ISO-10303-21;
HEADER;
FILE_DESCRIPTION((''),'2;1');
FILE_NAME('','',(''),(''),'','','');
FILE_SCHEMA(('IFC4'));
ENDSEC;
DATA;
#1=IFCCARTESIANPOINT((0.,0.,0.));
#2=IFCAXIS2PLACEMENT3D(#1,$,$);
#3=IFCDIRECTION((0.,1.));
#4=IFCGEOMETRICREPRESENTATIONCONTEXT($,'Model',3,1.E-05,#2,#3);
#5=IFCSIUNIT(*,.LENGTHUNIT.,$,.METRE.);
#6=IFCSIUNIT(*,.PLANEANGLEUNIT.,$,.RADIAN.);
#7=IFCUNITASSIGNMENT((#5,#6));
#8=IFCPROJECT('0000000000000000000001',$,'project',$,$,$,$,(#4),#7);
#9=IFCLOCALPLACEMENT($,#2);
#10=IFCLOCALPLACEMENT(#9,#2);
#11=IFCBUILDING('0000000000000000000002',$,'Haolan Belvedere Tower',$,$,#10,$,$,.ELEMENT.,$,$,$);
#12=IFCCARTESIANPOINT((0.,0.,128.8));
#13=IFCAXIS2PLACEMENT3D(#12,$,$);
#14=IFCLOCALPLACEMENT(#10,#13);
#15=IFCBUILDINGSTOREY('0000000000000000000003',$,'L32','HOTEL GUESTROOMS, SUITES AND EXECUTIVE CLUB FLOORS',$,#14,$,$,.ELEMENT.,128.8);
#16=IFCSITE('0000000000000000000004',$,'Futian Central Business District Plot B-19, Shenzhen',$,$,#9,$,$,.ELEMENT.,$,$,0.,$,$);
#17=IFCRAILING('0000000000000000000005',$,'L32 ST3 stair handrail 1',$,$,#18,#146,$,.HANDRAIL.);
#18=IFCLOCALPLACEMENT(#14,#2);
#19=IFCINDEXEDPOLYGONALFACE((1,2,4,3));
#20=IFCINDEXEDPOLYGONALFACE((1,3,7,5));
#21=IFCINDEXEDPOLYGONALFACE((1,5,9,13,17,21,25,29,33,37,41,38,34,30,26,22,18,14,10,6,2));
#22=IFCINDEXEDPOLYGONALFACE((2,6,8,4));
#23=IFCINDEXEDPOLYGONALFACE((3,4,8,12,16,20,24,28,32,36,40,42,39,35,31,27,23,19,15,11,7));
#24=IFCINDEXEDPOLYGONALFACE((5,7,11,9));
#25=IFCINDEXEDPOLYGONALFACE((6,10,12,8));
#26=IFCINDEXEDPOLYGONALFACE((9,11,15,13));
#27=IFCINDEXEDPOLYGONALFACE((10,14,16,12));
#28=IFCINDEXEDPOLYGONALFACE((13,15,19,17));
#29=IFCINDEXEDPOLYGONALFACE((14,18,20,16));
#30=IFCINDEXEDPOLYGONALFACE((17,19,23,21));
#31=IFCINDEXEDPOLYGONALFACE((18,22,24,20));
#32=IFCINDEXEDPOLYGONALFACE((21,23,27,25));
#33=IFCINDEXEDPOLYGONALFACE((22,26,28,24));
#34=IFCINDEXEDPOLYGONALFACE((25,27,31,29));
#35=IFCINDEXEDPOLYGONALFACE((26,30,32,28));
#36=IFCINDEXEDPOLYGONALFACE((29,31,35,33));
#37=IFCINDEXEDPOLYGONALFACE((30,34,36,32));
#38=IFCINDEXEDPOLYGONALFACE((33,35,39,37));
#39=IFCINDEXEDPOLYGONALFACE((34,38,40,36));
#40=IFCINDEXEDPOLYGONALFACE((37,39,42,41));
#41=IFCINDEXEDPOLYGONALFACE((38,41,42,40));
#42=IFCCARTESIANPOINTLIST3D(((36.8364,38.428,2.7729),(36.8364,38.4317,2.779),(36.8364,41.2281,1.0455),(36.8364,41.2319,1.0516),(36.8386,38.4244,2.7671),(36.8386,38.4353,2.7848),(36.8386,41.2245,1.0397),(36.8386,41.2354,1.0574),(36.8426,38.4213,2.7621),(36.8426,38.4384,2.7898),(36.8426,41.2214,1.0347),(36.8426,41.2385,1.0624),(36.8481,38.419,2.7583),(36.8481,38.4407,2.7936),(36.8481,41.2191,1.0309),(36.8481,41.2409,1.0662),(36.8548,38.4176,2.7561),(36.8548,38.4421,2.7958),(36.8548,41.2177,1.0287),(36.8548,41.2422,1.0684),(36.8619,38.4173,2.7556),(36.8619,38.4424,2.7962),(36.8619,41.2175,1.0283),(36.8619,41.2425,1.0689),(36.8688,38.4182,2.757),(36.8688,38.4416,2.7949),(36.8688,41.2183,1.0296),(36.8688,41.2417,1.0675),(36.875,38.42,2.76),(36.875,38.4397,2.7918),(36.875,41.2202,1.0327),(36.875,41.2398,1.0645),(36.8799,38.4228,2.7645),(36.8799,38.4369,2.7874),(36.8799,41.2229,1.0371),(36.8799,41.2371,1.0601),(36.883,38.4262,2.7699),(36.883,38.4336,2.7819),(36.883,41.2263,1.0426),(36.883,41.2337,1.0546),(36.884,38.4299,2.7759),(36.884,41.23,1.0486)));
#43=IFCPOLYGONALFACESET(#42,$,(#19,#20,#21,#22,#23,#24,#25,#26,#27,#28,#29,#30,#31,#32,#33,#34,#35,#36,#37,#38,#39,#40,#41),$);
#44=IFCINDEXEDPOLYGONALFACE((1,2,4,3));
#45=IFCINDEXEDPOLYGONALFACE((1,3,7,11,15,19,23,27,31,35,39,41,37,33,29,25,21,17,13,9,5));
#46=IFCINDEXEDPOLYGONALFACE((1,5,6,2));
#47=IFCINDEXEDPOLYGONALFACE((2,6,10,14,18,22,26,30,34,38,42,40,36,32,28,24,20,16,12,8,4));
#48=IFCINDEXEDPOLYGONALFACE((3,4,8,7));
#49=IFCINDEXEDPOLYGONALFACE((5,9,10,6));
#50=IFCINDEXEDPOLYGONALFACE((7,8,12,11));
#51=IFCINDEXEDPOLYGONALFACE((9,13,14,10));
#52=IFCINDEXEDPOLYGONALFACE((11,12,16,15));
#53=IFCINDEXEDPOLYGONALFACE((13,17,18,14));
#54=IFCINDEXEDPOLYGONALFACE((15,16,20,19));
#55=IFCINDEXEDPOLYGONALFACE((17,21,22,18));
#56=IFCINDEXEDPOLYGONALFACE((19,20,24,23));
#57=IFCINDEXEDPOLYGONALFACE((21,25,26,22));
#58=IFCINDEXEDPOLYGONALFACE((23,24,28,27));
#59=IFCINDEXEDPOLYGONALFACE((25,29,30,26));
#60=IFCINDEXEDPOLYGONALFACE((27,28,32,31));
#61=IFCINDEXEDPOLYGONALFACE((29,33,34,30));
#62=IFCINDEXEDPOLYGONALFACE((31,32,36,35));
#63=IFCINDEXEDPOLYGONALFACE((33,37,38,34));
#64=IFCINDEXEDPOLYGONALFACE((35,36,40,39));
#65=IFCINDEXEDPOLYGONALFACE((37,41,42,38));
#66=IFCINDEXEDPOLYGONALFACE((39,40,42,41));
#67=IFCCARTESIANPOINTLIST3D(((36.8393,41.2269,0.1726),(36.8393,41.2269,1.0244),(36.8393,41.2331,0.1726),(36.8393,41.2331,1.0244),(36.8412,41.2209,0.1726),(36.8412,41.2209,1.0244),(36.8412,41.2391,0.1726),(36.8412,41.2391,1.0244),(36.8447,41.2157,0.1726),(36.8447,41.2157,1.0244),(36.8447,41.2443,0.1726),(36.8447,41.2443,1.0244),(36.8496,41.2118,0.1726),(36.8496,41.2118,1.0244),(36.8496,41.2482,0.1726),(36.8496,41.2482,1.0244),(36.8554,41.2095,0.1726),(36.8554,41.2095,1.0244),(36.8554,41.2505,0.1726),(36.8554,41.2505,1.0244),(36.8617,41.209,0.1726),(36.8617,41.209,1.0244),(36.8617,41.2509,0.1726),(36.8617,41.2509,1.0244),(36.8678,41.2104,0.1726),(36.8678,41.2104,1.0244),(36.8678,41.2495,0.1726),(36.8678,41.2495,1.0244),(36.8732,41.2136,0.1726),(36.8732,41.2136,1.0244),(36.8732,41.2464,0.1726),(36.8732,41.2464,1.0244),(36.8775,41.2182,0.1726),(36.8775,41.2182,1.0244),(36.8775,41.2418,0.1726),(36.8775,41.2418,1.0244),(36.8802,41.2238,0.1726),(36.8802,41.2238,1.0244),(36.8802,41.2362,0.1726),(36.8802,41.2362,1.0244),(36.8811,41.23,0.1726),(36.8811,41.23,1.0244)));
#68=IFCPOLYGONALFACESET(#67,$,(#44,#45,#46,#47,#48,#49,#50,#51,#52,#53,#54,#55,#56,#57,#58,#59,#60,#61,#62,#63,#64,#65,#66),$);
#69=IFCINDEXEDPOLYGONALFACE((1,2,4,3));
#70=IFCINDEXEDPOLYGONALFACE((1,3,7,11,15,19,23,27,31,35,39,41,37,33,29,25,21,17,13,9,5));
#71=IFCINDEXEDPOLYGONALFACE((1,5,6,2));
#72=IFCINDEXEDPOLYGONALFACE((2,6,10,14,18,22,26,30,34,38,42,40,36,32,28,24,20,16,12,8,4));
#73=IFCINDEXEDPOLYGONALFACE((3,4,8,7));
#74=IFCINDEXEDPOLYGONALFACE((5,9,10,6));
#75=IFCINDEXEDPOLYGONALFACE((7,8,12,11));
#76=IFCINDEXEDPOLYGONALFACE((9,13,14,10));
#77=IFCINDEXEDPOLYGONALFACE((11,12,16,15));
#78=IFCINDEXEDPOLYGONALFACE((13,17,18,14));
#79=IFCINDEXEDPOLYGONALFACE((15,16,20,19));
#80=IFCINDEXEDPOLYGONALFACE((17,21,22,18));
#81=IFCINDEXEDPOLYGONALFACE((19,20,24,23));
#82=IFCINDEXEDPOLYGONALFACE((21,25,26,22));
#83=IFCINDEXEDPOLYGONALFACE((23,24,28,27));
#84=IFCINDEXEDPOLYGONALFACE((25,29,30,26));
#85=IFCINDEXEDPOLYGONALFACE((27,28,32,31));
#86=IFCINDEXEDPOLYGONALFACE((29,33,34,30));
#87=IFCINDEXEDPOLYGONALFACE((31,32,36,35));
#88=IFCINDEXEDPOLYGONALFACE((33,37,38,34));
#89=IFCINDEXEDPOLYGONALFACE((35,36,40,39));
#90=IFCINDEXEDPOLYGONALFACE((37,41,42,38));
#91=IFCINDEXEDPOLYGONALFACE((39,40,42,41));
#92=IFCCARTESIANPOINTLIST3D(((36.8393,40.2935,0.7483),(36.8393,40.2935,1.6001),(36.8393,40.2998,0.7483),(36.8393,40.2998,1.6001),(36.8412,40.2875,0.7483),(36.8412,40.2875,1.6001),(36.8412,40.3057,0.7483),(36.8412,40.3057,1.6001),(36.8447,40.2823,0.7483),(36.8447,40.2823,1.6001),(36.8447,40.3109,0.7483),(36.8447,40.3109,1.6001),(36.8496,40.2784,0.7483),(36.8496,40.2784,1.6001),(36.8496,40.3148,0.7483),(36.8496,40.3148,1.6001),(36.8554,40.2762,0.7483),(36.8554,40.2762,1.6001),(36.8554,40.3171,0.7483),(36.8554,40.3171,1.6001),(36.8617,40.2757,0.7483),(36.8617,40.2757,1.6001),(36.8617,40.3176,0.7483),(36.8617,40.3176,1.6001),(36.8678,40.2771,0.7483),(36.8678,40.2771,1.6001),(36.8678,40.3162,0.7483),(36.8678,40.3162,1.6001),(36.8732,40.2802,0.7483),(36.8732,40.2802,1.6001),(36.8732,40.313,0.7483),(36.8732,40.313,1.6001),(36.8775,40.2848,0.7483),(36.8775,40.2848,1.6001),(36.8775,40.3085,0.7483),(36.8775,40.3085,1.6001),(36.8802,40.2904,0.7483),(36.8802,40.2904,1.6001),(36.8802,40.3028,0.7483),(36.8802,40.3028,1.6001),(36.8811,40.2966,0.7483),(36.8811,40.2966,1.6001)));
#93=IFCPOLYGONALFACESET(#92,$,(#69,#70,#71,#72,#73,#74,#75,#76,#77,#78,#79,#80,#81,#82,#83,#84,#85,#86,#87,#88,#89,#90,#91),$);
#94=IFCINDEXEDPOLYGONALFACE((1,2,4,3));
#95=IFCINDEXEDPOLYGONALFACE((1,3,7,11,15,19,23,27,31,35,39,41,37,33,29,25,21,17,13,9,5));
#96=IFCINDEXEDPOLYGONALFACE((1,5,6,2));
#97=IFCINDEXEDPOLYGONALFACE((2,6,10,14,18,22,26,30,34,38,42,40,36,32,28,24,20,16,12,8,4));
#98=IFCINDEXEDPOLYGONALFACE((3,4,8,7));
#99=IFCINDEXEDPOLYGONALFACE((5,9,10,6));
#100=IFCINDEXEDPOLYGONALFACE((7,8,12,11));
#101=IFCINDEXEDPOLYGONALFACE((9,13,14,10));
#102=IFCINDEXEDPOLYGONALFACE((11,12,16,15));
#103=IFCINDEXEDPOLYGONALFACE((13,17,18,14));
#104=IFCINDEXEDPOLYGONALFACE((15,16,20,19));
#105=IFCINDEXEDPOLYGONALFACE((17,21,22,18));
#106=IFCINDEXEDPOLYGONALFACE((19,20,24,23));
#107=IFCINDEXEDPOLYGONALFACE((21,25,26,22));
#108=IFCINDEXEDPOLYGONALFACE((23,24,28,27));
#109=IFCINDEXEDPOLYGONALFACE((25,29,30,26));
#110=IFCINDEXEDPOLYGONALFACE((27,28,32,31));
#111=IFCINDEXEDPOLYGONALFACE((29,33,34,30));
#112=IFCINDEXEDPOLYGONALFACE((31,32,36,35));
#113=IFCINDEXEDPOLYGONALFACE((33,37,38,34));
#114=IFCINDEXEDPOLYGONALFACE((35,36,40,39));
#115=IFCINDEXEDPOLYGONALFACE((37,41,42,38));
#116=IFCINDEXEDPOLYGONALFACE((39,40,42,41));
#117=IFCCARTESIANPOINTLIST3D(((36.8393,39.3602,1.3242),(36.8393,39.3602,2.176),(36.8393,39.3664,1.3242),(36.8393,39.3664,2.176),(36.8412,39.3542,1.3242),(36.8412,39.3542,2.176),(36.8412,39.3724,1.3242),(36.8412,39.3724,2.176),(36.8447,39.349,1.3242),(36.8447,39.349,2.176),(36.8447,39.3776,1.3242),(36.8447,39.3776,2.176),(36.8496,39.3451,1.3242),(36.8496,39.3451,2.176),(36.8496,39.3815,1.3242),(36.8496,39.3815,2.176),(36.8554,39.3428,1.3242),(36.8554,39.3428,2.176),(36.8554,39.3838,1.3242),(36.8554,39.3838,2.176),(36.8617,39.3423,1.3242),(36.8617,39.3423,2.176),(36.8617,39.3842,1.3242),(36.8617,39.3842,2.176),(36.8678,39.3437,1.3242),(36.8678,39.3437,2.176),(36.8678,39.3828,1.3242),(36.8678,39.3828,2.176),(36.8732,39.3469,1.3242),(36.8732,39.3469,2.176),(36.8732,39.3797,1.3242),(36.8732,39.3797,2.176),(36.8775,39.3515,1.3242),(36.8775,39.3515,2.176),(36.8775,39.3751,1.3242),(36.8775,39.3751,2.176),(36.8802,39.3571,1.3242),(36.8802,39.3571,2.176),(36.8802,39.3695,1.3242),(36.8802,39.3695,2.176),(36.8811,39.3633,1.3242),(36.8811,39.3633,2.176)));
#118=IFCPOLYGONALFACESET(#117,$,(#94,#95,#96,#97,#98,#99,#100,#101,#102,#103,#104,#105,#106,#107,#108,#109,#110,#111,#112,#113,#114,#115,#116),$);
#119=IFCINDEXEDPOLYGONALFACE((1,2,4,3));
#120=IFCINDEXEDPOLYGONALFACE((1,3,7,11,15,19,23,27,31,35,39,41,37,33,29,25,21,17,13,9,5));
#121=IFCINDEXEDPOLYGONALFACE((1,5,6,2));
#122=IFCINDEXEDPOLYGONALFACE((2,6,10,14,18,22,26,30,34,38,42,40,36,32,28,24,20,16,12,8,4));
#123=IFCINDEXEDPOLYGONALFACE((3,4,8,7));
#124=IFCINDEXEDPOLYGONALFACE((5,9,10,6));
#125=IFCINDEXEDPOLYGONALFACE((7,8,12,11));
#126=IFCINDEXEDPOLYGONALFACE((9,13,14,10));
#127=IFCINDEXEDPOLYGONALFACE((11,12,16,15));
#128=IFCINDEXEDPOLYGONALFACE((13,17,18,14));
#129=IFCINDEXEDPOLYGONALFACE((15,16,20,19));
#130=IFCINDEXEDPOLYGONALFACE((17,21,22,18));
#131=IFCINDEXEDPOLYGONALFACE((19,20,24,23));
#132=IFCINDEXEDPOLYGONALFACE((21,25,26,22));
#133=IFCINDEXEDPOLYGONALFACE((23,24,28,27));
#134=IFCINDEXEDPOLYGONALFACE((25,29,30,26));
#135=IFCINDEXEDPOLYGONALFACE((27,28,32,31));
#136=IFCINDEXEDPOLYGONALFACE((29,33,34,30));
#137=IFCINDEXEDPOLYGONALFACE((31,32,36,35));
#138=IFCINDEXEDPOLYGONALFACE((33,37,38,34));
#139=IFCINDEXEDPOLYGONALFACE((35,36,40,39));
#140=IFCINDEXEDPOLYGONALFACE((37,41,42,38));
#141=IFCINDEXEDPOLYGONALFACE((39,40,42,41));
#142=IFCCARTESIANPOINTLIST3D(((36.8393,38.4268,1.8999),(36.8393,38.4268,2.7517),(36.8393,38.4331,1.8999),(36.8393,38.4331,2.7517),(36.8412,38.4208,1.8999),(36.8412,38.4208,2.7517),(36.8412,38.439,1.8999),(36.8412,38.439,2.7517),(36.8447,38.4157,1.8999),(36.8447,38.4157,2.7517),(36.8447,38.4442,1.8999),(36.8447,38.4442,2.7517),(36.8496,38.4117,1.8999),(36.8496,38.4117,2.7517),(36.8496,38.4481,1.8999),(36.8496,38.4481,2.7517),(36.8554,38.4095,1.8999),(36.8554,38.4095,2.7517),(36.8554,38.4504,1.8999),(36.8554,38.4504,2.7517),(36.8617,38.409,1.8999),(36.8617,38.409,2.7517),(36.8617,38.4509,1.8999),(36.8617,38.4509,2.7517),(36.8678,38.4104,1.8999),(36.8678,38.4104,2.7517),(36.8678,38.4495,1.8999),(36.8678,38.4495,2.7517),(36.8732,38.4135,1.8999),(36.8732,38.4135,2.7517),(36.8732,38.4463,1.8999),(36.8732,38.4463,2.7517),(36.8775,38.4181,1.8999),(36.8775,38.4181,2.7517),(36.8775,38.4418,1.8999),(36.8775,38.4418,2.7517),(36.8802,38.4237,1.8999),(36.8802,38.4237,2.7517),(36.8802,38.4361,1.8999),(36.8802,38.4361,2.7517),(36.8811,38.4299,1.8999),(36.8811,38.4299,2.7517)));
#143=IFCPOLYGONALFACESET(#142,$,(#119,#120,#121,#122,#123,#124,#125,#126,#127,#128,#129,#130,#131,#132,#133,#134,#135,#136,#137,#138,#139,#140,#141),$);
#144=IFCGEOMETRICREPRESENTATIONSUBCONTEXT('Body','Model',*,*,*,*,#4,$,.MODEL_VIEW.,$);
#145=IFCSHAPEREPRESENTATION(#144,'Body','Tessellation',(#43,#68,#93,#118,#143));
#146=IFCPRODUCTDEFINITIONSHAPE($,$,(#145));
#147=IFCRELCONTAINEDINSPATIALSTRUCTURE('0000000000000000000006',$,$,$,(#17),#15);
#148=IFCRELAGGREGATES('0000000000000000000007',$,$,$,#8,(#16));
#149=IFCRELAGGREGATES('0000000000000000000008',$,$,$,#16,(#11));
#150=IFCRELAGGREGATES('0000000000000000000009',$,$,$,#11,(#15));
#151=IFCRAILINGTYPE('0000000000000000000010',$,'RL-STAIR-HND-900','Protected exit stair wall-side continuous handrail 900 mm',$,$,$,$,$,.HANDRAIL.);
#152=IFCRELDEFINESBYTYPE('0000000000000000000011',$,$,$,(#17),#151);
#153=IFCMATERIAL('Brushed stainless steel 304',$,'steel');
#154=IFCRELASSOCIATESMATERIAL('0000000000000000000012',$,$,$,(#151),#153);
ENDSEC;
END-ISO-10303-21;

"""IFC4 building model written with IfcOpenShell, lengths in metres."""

from ifc_helpers import new_model, si_unit, direction, frame, origin, origin_2d, place, context, subcontext, project, spatial, circle, extrude, material, type_object, element, save


model = new_model("IFC4")

# Units and contexts
model_context = context("Model", 3, precision=1e-05, world=origin(), true_north=direction((0.0, 1.0)))
body_context = subcontext(model_context, "Body", "Model", "MODEL_VIEW")
ifc_project = project(units=[si_unit("LENGTHUNIT", "METRE"), si_unit("PLANEANGLEUNIT", "RADIAN")], contexts=[model_context])

# Site, building, storey
site_placement = place(None, origin())
site = spatial("IfcSite", under=ifc_project, at=site_placement, Name="Futian Central Business District Plot B-19, Shenzhen", CompositionType="ELEMENT", RefElevation=0.0)
building_placement = place(site_placement, origin())
building = spatial("IfcBuilding", under=site, at=building_placement, Name="Haolan Belvedere Tower", CompositionType="ELEMENT")
storey_placement = place(building_placement, frame((0.0, 0.0, 128.8)))
storey = spatial("IfcBuildingStorey", under=building, at=storey_placement, Name="L32", Description="HOTEL GUESTROOMS, SUITES AND EXECUTIVE CLUB FLOORS", CompositionType="ELEMENT", Elevation=128.8)

# Railing
ifc_material_1 = material(Name="Brushed stainless steel 304", Category="steel")
railing_type_1 = type_object("IfcRailingType", Name="RL-STAIR-HND-900", Description="Protected exit stair wall-side continuous handrail 900 mm", PredefinedType="HANDRAIL", material=ifc_material_1)
railing_1_placement = place(storey_placement, frame((36.8601, 41.23, 0.1726)))
element("IfcRailing", 1, at=railing_1_placement, inside=storey, type_object=railing_type_1, Name="L32 ST3 stair handrail 1", PredefinedType="HANDRAIL", context=body_context, shape_type="SweptSolid", body=[
    extrude(circle(Radius=0.0239, at=origin_2d()), frame((0.0, 0.0, 0.876), z_axis=(0.0, -0.85109, 0.52502), x_axis=(1.0, 0.0, 0.0)), (0.0, 0.0, 1.0), 3.29),
    extrude(circle(Radius=0.021, at=origin_2d()), origin(), (0.0, 0.0, 1.0), 0.8518),
    extrude(circle(Radius=0.021, at=origin_2d()), frame((0.0, -0.9333, 0.5757)), (0.0, 0.0, 1.0), 0.8518),
    extrude(circle(Radius=0.021, at=origin_2d()), frame((0.0, -1.8667, 1.1516)), (0.0, 0.0, 1.0), 0.8518),
    extrude(circle(Radius=0.021, at=origin_2d()), frame((0.0, -2.8, 1.7273)), (0.0, 0.0, 1.0), 0.8518),
])

save(model, "model.ifc")
